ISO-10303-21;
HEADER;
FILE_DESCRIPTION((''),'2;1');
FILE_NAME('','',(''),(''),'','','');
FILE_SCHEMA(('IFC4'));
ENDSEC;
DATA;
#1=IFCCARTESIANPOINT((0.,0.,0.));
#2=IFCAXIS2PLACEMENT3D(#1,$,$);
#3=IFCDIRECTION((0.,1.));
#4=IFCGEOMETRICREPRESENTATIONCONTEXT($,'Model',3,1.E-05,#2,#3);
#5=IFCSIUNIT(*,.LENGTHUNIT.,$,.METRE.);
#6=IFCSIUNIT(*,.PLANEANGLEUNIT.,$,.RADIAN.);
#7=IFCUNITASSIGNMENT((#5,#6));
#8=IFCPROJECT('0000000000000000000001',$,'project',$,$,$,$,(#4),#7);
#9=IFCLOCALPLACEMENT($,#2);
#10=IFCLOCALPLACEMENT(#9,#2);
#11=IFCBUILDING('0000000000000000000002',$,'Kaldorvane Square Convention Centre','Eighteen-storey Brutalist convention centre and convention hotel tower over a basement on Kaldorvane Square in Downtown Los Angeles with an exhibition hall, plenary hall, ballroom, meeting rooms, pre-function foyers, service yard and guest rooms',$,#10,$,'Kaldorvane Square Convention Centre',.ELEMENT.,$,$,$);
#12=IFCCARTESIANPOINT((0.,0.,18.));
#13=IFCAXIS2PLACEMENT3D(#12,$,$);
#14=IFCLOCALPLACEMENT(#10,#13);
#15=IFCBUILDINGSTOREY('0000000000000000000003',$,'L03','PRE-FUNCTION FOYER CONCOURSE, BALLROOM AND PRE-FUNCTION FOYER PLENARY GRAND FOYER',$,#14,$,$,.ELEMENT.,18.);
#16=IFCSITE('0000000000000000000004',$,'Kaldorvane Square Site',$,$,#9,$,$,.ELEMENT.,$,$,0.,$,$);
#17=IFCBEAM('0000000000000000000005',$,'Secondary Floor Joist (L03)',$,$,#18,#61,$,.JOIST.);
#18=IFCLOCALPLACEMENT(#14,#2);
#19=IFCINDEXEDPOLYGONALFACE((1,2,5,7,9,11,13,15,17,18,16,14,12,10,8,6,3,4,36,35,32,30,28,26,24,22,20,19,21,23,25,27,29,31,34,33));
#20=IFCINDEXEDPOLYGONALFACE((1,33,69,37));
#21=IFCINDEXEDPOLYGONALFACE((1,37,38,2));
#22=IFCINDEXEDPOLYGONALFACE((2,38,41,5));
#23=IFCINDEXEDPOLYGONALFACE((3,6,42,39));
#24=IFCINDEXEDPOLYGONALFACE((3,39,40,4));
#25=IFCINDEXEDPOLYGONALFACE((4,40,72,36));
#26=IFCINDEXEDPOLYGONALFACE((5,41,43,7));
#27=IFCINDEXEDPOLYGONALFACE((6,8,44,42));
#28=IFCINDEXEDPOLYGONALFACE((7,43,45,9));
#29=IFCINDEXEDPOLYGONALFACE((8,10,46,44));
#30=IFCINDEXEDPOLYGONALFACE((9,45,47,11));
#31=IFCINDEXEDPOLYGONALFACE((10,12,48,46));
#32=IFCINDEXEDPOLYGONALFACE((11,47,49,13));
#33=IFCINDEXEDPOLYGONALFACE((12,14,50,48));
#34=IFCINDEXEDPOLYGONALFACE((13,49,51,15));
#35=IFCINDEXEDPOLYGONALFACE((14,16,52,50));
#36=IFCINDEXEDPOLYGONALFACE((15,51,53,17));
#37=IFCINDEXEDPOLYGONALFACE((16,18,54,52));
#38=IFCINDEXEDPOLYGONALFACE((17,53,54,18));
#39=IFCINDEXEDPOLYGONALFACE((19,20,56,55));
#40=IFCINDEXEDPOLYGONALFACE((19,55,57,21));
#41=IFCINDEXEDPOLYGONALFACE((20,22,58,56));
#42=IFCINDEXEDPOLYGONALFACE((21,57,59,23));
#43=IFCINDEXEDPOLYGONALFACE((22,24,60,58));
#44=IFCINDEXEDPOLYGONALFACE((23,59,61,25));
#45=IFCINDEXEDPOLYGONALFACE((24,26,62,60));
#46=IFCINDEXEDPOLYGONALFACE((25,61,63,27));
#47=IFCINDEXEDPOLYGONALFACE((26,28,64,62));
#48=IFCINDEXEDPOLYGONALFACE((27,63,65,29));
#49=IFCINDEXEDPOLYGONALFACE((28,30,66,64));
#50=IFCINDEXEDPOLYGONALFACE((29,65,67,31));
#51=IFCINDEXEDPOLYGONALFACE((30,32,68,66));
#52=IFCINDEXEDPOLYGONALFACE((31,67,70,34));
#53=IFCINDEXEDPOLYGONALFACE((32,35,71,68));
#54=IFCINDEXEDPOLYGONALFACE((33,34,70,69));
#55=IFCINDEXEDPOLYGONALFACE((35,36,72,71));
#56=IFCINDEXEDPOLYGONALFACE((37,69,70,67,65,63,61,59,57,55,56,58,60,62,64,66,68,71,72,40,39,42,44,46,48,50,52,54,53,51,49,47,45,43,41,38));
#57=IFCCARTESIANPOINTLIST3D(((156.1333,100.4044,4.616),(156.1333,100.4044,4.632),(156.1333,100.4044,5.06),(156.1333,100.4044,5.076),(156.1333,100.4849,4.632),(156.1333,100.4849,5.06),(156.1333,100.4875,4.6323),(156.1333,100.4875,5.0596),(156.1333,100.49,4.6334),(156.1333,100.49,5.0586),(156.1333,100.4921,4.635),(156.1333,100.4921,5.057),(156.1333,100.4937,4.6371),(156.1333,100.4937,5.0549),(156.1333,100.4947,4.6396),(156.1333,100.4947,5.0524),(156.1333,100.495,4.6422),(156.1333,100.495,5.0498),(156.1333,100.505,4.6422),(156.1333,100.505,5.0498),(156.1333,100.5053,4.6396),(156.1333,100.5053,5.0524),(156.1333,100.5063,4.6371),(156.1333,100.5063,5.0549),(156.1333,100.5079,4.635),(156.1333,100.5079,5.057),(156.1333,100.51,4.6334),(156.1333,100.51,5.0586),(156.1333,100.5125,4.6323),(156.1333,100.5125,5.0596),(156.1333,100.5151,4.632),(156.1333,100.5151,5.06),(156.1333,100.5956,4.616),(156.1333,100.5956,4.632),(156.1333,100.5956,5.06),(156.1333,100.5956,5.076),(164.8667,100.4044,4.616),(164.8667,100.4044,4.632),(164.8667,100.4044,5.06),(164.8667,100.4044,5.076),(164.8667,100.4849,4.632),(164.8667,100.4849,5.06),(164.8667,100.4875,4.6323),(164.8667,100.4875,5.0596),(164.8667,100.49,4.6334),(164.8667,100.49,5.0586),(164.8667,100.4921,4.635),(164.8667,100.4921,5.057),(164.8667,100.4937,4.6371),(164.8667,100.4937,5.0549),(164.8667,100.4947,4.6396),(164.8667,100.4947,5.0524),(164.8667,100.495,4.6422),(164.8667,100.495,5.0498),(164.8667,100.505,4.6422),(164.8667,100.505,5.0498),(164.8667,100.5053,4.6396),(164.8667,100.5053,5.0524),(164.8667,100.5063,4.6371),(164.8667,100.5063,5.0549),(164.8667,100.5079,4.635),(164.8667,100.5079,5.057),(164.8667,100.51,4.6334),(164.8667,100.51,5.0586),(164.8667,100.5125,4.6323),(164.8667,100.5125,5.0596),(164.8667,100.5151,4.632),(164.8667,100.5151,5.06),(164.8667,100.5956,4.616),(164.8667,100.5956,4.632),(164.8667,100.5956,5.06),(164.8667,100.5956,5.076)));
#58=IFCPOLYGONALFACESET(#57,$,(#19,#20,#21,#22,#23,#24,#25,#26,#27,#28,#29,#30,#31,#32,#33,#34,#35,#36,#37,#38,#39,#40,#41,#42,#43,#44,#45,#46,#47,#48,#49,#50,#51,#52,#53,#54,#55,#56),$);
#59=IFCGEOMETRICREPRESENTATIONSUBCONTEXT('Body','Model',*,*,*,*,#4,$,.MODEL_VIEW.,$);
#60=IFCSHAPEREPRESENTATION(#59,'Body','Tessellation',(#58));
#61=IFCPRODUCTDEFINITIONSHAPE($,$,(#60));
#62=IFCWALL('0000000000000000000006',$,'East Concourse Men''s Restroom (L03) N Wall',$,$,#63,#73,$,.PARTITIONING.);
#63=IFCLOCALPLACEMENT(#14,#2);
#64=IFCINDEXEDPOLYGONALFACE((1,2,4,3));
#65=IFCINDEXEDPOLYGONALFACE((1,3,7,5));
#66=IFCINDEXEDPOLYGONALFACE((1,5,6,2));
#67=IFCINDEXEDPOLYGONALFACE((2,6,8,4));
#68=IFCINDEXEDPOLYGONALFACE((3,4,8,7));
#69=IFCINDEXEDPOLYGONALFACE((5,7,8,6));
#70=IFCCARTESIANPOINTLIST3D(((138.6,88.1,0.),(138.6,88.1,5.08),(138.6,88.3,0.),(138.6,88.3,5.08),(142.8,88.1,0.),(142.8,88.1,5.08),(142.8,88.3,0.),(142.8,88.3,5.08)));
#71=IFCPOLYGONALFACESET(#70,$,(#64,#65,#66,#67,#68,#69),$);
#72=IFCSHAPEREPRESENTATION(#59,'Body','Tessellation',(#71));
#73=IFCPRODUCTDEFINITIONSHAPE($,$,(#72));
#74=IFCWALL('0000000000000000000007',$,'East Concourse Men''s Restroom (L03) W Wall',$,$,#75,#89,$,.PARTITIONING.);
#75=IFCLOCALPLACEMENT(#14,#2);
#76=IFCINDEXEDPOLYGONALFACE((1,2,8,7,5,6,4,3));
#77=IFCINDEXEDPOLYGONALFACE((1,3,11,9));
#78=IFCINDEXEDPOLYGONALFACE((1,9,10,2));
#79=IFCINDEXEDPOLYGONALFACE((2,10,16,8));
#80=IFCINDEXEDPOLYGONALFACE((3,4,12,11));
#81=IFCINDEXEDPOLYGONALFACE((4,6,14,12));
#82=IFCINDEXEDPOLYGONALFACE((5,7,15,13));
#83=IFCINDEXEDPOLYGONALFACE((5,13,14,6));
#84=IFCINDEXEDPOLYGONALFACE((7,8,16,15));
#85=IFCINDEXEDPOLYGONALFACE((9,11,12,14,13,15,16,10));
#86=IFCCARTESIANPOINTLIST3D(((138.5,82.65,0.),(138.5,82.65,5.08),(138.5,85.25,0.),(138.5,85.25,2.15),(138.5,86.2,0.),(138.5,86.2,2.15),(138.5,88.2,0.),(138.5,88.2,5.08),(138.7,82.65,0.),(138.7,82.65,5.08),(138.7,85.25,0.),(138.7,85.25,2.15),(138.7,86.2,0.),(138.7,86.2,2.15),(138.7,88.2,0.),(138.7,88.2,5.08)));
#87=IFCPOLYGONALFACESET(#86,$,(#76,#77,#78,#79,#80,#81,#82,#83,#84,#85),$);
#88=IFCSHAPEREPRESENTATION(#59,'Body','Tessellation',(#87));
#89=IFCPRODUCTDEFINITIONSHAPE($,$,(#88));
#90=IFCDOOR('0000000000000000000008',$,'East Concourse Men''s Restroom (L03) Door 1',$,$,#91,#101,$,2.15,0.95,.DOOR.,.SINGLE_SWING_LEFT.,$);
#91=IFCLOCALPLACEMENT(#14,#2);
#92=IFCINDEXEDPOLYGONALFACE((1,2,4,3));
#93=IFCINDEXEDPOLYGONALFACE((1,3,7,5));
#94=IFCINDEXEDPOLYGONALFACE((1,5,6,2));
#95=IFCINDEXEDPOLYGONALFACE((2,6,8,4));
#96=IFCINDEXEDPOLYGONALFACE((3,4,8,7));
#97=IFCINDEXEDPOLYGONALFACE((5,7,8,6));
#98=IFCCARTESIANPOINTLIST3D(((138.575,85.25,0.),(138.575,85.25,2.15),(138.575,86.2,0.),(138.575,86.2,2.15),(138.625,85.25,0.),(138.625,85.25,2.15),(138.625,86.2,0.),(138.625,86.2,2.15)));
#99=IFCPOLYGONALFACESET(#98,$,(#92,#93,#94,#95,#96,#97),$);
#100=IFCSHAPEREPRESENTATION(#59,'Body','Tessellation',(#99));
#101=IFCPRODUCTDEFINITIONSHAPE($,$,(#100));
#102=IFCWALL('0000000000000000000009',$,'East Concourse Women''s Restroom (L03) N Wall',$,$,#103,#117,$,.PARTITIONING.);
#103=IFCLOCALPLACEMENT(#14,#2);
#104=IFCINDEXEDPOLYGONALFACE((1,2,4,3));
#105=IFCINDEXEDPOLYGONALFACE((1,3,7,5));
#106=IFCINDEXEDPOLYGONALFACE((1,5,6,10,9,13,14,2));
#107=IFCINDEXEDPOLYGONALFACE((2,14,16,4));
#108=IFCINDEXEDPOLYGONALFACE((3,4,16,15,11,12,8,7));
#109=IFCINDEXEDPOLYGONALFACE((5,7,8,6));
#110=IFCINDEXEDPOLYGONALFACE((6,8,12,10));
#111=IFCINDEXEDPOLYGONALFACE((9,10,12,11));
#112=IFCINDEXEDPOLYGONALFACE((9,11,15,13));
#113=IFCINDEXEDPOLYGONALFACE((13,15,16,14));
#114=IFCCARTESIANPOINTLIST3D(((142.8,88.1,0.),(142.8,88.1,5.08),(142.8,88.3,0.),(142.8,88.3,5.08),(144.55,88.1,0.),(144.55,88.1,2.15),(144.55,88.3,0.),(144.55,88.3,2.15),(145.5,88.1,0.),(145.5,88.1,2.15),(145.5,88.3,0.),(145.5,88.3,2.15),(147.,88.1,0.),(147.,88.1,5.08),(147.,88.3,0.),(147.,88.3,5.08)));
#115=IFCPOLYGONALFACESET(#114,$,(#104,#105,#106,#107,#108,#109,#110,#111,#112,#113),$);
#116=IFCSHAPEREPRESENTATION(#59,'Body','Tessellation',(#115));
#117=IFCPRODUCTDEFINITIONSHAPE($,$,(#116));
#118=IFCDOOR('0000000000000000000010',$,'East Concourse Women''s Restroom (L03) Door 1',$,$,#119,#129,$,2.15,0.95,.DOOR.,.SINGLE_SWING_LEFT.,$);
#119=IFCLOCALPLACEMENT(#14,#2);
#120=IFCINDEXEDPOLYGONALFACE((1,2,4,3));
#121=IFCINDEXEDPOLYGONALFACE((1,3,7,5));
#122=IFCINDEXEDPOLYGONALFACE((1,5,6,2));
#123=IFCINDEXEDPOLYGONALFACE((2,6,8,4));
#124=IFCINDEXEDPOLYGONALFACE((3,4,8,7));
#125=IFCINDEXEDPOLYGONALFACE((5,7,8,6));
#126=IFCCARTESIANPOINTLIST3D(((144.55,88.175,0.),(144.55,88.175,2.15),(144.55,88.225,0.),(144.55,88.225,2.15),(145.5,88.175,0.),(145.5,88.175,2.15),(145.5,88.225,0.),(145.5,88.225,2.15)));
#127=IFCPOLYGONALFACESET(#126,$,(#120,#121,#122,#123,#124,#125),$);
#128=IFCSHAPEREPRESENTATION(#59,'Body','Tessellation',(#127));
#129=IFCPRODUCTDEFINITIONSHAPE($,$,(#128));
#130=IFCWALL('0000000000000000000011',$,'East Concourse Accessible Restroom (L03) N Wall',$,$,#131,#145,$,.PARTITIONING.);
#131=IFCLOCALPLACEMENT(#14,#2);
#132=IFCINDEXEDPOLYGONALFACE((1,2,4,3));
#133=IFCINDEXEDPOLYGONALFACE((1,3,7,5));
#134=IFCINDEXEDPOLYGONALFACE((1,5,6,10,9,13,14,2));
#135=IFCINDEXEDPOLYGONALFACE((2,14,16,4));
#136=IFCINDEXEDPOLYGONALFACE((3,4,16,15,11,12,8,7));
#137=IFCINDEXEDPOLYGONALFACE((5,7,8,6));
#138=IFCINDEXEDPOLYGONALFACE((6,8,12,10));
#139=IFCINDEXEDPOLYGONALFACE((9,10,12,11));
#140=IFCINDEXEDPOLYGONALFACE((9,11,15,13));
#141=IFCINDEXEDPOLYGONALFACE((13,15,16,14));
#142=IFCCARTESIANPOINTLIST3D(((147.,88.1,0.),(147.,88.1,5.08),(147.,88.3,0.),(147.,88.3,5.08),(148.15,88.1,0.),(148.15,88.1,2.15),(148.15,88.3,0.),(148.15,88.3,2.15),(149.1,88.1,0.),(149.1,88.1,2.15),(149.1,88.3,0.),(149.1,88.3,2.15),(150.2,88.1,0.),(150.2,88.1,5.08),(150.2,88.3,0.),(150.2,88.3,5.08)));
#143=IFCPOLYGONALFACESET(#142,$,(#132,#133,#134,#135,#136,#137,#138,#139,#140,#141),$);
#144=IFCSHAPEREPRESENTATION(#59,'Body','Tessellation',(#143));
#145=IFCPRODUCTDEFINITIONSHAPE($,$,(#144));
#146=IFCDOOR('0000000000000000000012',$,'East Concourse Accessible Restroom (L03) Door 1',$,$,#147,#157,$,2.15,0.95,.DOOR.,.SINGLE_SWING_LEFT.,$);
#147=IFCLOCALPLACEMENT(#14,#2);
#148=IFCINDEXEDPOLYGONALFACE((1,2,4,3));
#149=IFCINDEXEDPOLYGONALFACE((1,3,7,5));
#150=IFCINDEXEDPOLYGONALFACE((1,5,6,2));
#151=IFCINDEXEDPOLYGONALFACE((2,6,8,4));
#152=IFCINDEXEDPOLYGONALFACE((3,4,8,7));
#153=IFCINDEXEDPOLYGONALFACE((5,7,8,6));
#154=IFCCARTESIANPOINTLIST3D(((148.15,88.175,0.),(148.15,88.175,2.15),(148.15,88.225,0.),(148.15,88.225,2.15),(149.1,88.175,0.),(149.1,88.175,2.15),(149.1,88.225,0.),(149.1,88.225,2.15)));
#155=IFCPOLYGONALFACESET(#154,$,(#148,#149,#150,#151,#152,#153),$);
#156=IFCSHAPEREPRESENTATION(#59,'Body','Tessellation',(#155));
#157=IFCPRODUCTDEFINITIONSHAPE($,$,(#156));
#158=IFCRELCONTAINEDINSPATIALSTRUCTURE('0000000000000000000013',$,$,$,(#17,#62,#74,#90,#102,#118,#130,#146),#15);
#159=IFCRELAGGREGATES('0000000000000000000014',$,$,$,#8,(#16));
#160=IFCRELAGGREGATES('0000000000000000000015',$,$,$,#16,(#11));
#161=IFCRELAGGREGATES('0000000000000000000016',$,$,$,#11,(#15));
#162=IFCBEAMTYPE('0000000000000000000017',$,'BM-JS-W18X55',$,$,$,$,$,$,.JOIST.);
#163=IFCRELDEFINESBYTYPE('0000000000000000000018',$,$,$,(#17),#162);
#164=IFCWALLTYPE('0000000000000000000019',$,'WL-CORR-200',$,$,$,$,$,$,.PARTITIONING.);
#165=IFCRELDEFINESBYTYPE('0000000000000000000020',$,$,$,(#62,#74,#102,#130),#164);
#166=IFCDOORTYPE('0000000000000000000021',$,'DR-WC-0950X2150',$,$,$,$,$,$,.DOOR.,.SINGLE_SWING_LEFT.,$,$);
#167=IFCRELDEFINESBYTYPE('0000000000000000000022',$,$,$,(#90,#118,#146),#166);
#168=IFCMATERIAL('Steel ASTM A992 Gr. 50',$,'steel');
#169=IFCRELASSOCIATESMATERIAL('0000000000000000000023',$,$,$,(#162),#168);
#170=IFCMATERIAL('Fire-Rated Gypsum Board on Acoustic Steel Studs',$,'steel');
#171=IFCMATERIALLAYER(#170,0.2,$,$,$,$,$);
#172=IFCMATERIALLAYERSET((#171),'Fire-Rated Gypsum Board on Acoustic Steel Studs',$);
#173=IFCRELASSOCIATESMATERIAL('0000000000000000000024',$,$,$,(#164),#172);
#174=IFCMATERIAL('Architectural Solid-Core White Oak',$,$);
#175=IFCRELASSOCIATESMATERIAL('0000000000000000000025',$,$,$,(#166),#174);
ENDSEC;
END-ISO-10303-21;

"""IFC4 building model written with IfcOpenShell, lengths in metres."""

from ifc_helpers import new_model, si_unit, direction, frame, frame_2d, origin, origin_2d, place, context, subcontext, project, spatial, rectangle, i_section, extrude, material, layer, layer_set, material_profile, profile_set, type_object, element, fill, save


model = new_model("IFC4")

# Units and contexts
model_context = context("Model", 3, precision=1e-05, world=origin(), true_north=direction((0.0, 1.0)))
body_context = subcontext(model_context, "Body", "Model", "MODEL_VIEW")
ifc_project = project(units=[si_unit("LENGTHUNIT", "METRE"), si_unit("PLANEANGLEUNIT", "RADIAN")], contexts=[model_context])

# Site, building, storey
site_placement = place(None, origin())
site = spatial("IfcSite", under=ifc_project, at=site_placement, Name="Kaldorvane Square Site", CompositionType="ELEMENT", RefElevation=0.0)
building_placement = place(site_placement, origin())
building = spatial("IfcBuilding", under=site, at=building_placement, Name="Kaldorvane Square Convention Centre", Description="Eighteen-storey Brutalist convention centre and convention hotel tower over a basement on Kaldorvane Square in Downtown Los Angeles with an exhibition hall, plenary hall, ballroom, meeting rooms, pre-function foyers, service yard and guest rooms", LongName="Kaldorvane Square Convention Centre", CompositionType="ELEMENT")
storey_placement = place(building_placement, frame((0.0, 0.0, 18.0)))
storey = spatial("IfcBuildingStorey", under=building, at=storey_placement, Name="L03", Description="PRE-FUNCTION FOYER CONCOURSE, BALLROOM AND PRE-FUNCTION FOYER PLENARY GRAND FOYER", CompositionType="ELEMENT", Elevation=18.0)

# Shared definitions
ifc_material_1 = material(Name="Steel ASTM A992 Gr. 50", Category="steel")

# Beam
ifc_material_profile_1 = material_profile(ifc_material_1, i_section(OverallWidth=0.1913, OverallDepth=0.46, WebThickness=0.0099, FlangeThickness=0.016, FilletRadius=0.0102, at=origin_2d()), Name="W18X55")
ifc_profile_set_1 = profile_set([ifc_material_profile_1], Name="Steel ASTM A992 Gr. 50")
beam_type_1 = type_object("IfcBeamType", Name="BM-JS-W18X55", PredefinedType="JOIST", material=ifc_profile_set_1)
for number, where, z_axis, x_axis, name in (
    (1, (156.1333, 100.5, 4.846), (1.0, 0.0, 0.0), (0.0, 1.0, 0.0), "Secondary Floor Joist (L03)"),
):
    element("IfcBeam", number, at=place(storey_placement, frame(where, z_axis=z_axis, x_axis=x_axis)), inside=storey, type_object=beam_type_1, Name=name, PredefinedType="JOIST", context=body_context, shape_type="SweptSolid", body=[
        extrude(i_section(OverallWidth=0.1913, OverallDepth=0.46, WebThickness=0.0099, FlangeThickness=0.016, FilletRadius=0.0102, at=origin_2d()), origin(), (0.0, 0.0, 1.0), 8.7334),
    ])

# Wall
ifc_material_2 = material(Name="Fire-Rated Gypsum Board on Acoustic Steel Studs", Category="steel")
ifc_layer = layer(ifc_material_2, 0.2)
ifc_layer_set = layer_set([ifc_layer], Name="Fire-Rated Gypsum Board on Acoustic Steel Studs")
wall_type = type_object("IfcWallType", Name="WL-CORR-200", PredefinedType="PARTITIONING", material=ifc_layer_set)
wall_1_placement = place(storey_placement, frame((142.8, 88.2, 0.0), z_axis=(0.0, 0.0, 1.0), x_axis=(-1.0, 0.0, 0.0)))
element("IfcWall", 2, at=wall_1_placement, inside=storey, type_object=wall_type, Name="East Concourse Men's Restroom (L03) N Wall", PredefinedType="PARTITIONING", context=body_context, shape_type="SweptSolid", body=[
    extrude(rectangle(XDim=4.2, YDim=0.2, at=frame_2d((2.1, 0.0))), origin(), (0.0, 0.0, 1.0), 5.08),
])

# Walls, openings, doors
wall_2_placement = place(storey_placement, frame((138.6, 88.2, 0.0), z_axis=(0.0, 0.0, 1.0), x_axis=(0.0, -1.0, 0.0)))
wall_2 = element("IfcWall", 3, at=wall_2_placement, inside=storey, type_object=wall_type, Name="East Concourse Men's Restroom (L03) W Wall", PredefinedType="PARTITIONING", context=body_context, shape_type="SweptSolid", body=[
    extrude(rectangle(XDim=5.55, YDim=0.2, at=frame_2d((2.775, 0.0))), origin(), (0.0, 0.0, 1.0), 5.08),
])
opening_1_placement = place(wall_2_placement, frame((2.0, 0.0, 0.0)))
opening_1 = element("IfcOpeningElement", 4, at=opening_1_placement, cuts=wall_2, PredefinedType="OPENING", context=body_context, shape_type="SweptSolid", body=[
    extrude(rectangle(XDim=0.95, YDim=2.15, at=frame_2d((0.475, 1.075))), frame((0.0, 0.115, 0.0), z_axis=(0.0, -1.0, 0.0), x_axis=(1.0, 0.0, 0.0)), (0.0, 0.0, 1.0), 0.23),
])
ifc_material_3 = material(Name="Architectural Solid-Core White Oak")
door_type = type_object("IfcDoorType", Name="DR-WC-0950X2150", OperationType="SINGLE_SWING_LEFT", PredefinedType="DOOR", material=ifc_material_3)
door_1_placement = place(opening_1_placement, origin())
door_1 = element("IfcDoor", 5, at=door_1_placement, inside=storey, type_object=door_type, Name="East Concourse Men's Restroom (L03) Door 1", OperationType="SINGLE_SWING_LEFT", OverallHeight=2.15, OverallWidth=0.95, PredefinedType="DOOR", context=body_context, shape_type="SweptSolid", body=[
    extrude(rectangle(XDim=0.95, YDim=2.15, at=frame_2d((0.475, 1.075))), frame((0.0, 0.025, 0.0), z_axis=(0.0, -1.0, 0.0), x_axis=(1.0, 0.0, 0.0)), (0.0, 0.0, 1.0), 0.05),
])
fill(opening_1, door_1)
wall_3_placement = place(storey_placement, frame((147.0, 88.2, 0.0), z_axis=(0.0, 0.0, 1.0), x_axis=(-1.0, 0.0, 0.0)))
wall_3 = element("IfcWall", 6, at=wall_3_placement, inside=storey, type_object=wall_type, Name="East Concourse Women's Restroom (L03) N Wall", PredefinedType="PARTITIONING", context=body_context, shape_type="SweptSolid", body=[
    extrude(rectangle(XDim=4.2, YDim=0.2, at=frame_2d((2.1, 0.0))), origin(), (0.0, 0.0, 1.0), 5.08),
])
opening_2_placement = place(wall_3_placement, frame((1.5, 0.0, 0.0)))
opening_2 = element("IfcOpeningElement", 7, at=opening_2_placement, cuts=wall_3, PredefinedType="OPENING", context=body_context, shape_type="SweptSolid", body=[
    extrude(rectangle(XDim=0.95, YDim=2.15, at=frame_2d((0.475, 1.075))), frame((0.0, 0.115, 0.0), z_axis=(0.0, -1.0, 0.0), x_axis=(1.0, 0.0, 0.0)), (0.0, 0.0, 1.0), 0.23),
])
door_2_placement = place(opening_2_placement, origin())
door_2 = element("IfcDoor", 8, at=door_2_placement, inside=storey, type_object=door_type, Name="East Concourse Women's Restroom (L03) Door 1", OperationType="SINGLE_SWING_LEFT", OverallHeight=2.15, OverallWidth=0.95, PredefinedType="DOOR", context=body_context, shape_type="SweptSolid", body=[
    extrude(rectangle(XDim=0.95, YDim=2.15, at=frame_2d((0.475, 1.075))), frame((0.0, 0.025, 0.0), z_axis=(0.0, -1.0, 0.0), x_axis=(1.0, 0.0, 0.0)), (0.0, 0.0, 1.0), 0.05),
])
fill(opening_2, door_2)
wall_4_placement = place(storey_placement, frame((150.2, 88.2, 0.0), z_axis=(0.0, 0.0, 1.0), x_axis=(-1.0, 0.0, 0.0)))
wall_4 = element("IfcWall", 9, at=wall_4_placement, inside=storey, type_object=wall_type, Name="East Concourse Accessible Restroom (L03) N Wall", PredefinedType="PARTITIONING", context=body_context, shape_type="SweptSolid", body=[
    extrude(rectangle(XDim=3.2, YDim=0.2, at=frame_2d((1.6, 0.0))), origin(), (0.0, 0.0, 1.0), 5.08),
])
opening_3_placement = place(wall_4_placement, frame((1.1, 0.0, 0.0)))
opening_3 = element("IfcOpeningElement", 10, at=opening_3_placement, cuts=wall_4, PredefinedType="OPENING", context=body_context, shape_type="SweptSolid", body=[
    extrude(rectangle(XDim=0.95, YDim=2.15, at=frame_2d((0.475, 1.075))), frame((0.0, 0.115, 0.0), z_axis=(0.0, -1.0, 0.0), x_axis=(1.0, 0.0, 0.0)), (0.0, 0.0, 1.0), 0.23),
])
door_3_placement = place(opening_3_placement, origin())
door_3 = element("IfcDoor", 11, at=door_3_placement, inside=storey, type_object=door_type, Name="East Concourse Accessible Restroom (L03) Door 1", OperationType="SINGLE_SWING_LEFT", OverallHeight=2.15, OverallWidth=0.95, PredefinedType="DOOR", context=body_context, shape_type="SweptSolid", body=[
    extrude(rectangle(XDim=0.95, YDim=2.15, at=frame_2d((0.475, 1.075))), frame((0.0, 0.025, 0.0), z_axis=(0.0, -1.0, 0.0), x_axis=(1.0, 0.0, 0.0)), (0.0, 0.0, 1.0), 0.05),
])
fill(opening_3, door_3)

save(model, "model.ifc")
